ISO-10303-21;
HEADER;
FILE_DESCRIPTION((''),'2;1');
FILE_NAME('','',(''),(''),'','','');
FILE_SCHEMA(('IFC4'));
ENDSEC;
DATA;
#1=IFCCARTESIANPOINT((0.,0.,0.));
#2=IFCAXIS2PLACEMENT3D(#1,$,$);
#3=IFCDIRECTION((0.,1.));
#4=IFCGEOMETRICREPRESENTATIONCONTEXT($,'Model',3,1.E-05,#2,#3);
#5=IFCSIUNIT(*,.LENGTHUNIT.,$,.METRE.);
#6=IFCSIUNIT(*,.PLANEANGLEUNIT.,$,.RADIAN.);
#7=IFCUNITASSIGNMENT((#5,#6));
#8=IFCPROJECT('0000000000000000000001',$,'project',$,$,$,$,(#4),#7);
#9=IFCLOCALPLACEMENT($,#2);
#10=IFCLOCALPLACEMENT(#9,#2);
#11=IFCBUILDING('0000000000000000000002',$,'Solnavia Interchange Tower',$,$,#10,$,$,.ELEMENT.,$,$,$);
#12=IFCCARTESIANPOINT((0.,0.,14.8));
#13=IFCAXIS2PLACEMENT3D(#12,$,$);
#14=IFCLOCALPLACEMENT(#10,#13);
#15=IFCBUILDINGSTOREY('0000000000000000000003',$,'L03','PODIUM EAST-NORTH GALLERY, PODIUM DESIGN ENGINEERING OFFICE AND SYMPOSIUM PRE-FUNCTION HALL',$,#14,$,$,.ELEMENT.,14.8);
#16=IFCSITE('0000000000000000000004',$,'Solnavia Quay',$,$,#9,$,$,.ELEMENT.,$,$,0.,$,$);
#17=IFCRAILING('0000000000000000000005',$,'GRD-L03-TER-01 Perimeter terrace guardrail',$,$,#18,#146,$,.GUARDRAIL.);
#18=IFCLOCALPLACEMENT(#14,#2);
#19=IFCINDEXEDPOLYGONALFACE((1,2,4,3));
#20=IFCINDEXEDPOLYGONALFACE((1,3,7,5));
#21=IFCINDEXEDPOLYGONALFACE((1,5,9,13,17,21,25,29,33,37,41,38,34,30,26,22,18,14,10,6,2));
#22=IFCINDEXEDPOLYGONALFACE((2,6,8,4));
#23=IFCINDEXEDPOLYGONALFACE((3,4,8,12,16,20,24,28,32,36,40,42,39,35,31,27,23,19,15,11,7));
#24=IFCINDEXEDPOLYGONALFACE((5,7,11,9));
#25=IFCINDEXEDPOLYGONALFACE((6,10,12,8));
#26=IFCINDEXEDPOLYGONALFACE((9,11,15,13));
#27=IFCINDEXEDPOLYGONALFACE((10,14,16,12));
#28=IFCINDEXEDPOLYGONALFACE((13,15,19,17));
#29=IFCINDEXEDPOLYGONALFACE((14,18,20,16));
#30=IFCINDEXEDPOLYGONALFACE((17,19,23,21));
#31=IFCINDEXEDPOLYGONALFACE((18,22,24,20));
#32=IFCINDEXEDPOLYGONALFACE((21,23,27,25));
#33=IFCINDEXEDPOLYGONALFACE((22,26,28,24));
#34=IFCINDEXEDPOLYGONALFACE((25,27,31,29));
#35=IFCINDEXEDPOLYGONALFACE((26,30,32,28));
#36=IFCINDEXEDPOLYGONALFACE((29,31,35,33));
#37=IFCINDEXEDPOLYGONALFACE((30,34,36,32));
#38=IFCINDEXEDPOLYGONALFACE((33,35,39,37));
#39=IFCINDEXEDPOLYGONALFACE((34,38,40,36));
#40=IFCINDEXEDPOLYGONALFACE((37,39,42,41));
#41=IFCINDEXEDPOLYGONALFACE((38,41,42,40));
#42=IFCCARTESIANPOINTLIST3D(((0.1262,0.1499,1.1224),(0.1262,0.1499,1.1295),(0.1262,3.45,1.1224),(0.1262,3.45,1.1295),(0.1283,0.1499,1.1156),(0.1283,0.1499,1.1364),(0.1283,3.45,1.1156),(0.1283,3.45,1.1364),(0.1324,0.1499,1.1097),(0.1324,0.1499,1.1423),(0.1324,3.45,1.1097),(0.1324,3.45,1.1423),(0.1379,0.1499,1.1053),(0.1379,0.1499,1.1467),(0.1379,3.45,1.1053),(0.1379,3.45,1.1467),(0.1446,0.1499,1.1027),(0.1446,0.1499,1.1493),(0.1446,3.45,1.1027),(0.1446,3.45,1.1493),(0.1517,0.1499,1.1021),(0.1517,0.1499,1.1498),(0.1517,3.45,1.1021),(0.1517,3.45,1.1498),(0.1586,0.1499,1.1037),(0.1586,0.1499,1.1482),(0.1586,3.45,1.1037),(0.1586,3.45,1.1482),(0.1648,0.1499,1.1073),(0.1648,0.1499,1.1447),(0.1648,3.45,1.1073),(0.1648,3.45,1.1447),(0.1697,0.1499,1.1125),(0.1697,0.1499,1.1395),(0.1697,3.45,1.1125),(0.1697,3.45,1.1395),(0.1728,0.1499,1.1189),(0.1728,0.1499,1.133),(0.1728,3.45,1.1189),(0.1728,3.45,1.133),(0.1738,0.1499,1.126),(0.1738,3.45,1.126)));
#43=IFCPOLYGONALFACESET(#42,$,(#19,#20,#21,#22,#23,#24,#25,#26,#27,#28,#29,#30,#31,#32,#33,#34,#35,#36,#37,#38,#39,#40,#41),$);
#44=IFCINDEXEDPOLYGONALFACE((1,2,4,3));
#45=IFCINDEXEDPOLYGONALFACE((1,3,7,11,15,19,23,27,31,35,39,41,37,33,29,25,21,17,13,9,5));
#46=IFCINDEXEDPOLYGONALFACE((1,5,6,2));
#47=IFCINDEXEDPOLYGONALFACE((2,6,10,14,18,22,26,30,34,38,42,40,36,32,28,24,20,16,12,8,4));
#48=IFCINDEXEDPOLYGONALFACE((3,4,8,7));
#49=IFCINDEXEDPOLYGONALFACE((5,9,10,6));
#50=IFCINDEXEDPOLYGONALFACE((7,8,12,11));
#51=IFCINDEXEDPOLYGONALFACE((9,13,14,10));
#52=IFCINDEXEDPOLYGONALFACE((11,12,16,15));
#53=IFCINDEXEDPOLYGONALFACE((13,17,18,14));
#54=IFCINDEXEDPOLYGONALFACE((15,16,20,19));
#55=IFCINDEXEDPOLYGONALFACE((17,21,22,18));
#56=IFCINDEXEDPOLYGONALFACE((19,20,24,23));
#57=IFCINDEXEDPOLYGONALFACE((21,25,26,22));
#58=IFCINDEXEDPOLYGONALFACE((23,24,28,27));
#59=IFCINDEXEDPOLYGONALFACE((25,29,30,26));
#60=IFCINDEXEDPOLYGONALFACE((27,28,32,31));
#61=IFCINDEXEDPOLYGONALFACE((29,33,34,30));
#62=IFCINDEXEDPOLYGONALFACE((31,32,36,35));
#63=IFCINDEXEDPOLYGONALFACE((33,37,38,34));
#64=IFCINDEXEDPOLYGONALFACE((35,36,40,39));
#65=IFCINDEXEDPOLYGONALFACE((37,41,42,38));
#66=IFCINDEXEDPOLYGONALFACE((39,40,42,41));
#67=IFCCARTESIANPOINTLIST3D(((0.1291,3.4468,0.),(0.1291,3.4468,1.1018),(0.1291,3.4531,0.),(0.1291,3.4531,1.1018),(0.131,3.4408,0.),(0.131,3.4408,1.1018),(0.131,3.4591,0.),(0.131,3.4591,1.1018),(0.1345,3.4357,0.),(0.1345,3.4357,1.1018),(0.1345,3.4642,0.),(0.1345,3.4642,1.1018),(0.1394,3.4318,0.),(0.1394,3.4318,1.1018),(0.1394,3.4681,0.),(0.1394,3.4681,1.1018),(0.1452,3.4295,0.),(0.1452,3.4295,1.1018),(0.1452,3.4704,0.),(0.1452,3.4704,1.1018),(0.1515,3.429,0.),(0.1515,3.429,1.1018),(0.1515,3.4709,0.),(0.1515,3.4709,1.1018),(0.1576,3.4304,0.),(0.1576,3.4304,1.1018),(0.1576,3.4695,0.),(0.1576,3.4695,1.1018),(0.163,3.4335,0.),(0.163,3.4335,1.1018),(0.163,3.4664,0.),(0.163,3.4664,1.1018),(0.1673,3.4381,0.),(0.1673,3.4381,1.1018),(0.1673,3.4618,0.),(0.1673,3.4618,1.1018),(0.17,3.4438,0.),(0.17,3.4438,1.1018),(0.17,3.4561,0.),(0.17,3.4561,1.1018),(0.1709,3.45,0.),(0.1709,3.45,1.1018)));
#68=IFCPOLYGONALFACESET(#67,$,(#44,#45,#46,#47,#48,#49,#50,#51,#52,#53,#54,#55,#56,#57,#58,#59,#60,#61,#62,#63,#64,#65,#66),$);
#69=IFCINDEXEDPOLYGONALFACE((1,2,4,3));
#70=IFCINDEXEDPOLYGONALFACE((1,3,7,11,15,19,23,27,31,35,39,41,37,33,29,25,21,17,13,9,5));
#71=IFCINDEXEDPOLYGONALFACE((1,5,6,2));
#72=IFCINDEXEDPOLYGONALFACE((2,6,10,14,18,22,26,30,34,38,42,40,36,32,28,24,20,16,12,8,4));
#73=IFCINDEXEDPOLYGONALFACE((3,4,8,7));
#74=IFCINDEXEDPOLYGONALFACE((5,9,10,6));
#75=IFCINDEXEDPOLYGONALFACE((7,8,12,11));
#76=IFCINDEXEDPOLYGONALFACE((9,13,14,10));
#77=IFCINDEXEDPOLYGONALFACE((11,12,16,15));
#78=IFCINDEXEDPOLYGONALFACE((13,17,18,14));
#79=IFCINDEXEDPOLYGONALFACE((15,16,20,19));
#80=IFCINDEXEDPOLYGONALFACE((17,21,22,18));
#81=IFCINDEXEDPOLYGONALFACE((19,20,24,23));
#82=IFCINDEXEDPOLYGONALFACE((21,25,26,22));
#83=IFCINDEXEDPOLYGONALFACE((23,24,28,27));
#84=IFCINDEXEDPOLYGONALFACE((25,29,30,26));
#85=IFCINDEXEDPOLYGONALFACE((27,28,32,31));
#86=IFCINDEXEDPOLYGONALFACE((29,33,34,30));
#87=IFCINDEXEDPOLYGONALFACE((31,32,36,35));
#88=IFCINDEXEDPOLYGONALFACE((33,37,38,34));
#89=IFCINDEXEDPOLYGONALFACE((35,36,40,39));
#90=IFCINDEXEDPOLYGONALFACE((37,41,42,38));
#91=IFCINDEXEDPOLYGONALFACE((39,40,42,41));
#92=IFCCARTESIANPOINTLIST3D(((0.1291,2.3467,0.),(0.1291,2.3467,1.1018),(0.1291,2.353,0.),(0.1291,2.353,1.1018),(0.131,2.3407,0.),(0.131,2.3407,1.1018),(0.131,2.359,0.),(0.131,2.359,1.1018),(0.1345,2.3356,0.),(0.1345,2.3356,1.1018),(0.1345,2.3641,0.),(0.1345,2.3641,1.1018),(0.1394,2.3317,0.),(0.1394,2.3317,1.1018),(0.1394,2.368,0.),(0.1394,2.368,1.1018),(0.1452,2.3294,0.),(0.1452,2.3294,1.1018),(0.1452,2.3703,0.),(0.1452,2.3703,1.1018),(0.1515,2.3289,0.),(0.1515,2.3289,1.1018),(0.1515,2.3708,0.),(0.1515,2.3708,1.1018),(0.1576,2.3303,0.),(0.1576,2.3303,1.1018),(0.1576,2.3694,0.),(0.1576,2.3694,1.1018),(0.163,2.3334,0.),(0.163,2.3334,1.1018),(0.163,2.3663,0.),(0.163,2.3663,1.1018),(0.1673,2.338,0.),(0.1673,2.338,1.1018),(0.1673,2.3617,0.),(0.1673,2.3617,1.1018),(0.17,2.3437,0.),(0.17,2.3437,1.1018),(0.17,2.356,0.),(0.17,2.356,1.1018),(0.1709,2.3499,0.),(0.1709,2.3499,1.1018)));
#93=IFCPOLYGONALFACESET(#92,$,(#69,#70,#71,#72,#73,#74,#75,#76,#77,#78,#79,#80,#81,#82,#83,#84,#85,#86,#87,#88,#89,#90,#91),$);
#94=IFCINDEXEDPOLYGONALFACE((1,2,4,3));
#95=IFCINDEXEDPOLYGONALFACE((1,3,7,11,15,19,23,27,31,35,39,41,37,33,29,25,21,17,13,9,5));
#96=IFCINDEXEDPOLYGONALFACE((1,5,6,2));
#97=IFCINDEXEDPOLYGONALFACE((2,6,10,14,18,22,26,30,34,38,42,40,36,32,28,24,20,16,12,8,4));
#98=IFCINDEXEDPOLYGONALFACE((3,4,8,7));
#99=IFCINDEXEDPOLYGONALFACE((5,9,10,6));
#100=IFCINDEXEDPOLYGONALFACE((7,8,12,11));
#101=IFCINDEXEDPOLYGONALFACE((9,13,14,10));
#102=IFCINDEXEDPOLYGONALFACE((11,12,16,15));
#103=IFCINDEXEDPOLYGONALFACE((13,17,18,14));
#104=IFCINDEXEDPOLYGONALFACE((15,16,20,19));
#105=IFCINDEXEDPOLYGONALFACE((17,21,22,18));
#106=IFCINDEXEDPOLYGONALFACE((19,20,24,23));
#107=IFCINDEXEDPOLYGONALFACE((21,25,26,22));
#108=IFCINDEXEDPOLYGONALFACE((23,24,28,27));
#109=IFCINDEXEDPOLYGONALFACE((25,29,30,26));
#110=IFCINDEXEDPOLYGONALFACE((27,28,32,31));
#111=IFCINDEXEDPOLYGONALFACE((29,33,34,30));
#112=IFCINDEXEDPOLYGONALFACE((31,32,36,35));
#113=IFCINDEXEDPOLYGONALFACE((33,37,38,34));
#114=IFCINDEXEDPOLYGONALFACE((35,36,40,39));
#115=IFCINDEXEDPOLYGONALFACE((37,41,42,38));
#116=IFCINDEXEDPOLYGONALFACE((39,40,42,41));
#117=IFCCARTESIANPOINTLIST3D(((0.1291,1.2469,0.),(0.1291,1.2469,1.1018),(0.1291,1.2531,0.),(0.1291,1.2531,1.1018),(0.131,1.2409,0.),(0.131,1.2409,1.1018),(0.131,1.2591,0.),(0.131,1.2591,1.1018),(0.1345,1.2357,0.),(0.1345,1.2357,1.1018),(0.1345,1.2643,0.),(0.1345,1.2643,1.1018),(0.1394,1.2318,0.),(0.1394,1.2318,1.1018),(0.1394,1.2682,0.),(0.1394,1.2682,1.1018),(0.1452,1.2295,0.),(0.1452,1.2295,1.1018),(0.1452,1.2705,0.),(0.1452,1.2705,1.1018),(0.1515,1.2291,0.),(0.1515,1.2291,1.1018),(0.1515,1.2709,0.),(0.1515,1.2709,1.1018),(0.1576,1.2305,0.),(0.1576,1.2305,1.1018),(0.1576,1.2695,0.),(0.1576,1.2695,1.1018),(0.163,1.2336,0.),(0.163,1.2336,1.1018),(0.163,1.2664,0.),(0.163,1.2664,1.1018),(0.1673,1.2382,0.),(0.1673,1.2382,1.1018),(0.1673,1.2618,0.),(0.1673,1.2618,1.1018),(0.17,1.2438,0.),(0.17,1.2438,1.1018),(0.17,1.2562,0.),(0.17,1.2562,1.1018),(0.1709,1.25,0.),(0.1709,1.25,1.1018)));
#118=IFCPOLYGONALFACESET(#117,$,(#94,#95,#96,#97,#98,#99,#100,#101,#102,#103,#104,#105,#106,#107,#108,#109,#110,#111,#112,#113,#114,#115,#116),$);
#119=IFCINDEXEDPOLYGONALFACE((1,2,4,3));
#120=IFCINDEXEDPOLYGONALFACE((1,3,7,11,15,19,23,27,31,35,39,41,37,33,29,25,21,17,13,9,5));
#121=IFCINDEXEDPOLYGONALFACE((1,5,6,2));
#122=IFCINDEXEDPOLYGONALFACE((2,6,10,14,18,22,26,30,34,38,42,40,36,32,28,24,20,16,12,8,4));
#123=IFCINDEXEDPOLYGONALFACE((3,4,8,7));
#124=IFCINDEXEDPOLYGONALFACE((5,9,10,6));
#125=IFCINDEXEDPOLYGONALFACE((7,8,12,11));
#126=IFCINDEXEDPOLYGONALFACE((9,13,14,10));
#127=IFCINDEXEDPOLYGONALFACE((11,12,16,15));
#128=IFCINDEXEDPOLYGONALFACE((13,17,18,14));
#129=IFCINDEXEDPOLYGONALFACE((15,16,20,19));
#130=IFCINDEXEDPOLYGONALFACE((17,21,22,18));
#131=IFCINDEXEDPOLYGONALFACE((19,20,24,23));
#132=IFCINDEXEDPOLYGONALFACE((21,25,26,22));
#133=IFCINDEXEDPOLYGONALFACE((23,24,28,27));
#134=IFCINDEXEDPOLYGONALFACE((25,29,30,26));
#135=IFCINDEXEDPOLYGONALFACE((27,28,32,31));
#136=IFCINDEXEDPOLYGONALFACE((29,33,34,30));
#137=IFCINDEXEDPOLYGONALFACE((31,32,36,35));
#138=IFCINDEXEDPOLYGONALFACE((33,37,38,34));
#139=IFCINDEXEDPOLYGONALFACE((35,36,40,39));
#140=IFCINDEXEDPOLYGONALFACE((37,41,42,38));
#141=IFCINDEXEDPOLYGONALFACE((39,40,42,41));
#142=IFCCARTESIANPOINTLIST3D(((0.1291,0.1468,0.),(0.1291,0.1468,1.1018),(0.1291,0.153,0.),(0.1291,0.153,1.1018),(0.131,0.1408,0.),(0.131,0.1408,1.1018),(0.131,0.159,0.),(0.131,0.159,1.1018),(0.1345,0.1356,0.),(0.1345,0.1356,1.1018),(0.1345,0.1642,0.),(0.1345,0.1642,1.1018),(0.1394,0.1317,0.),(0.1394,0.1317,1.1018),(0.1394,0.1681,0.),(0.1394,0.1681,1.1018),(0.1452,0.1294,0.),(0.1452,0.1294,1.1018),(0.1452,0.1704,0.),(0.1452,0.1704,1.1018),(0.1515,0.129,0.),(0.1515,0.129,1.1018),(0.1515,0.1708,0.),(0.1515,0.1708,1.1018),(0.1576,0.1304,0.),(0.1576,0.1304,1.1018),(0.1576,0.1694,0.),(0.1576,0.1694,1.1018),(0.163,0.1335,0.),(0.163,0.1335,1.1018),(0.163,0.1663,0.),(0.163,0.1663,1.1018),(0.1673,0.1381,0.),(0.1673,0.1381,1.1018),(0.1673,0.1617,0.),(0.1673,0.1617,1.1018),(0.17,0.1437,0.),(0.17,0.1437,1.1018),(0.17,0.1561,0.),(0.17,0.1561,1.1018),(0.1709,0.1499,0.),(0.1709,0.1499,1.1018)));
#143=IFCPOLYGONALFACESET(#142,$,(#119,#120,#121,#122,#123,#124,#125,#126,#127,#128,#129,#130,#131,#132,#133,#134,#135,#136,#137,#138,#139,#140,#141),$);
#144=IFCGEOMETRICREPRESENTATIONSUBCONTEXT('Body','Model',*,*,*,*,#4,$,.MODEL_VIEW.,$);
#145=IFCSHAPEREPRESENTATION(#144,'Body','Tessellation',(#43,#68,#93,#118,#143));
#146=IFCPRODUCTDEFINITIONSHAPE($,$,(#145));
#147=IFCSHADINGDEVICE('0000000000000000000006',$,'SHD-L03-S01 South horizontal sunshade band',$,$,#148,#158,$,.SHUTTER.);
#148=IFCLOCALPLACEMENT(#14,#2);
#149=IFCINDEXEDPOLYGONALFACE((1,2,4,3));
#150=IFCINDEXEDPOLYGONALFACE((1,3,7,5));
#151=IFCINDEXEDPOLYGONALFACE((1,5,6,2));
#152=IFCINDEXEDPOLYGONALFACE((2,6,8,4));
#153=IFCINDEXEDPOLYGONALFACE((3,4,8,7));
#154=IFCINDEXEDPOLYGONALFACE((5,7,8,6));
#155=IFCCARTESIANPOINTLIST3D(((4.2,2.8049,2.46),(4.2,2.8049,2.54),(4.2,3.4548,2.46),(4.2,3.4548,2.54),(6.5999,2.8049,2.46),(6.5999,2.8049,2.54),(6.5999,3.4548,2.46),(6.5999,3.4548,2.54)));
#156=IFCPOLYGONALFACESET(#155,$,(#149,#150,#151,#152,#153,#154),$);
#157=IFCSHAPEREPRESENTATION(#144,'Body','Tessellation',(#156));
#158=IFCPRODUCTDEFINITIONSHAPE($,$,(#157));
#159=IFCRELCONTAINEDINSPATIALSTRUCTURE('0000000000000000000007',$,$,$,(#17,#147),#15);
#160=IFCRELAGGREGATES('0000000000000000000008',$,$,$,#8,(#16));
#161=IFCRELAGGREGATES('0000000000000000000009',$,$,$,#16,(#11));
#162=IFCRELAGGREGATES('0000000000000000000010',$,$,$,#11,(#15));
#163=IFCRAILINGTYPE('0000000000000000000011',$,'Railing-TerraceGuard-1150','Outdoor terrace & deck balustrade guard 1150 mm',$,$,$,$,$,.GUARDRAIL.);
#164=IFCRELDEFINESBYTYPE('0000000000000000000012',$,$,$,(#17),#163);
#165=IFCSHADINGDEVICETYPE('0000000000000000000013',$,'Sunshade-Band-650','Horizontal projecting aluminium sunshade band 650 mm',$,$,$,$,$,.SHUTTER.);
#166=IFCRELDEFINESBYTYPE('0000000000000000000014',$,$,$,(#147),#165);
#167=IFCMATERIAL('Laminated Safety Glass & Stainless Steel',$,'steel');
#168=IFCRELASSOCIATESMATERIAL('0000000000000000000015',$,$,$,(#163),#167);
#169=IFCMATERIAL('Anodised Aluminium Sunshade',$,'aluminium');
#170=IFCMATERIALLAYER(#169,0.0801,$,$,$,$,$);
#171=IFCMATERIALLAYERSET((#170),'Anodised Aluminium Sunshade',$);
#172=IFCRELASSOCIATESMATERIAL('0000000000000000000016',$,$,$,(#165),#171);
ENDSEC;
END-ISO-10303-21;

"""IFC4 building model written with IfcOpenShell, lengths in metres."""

from ifc_helpers import new_model, si_unit, direction, frame, origin, origin_2d, place, context, subcontext, project, spatial, rectangle, circle, extrude, material, layer, layer_set, type_object, element, save


model = new_model("IFC4")

# Units and contexts
model_context = context("Model", 3, precision=1e-05, world=origin(), true_north=direction((0.0, 1.0)))
body_context = subcontext(model_context, "Body", "Model", "MODEL_VIEW")
ifc_project = project(units=[si_unit("LENGTHUNIT", "METRE"), si_unit("PLANEANGLEUNIT", "RADIAN")], contexts=[model_context])

# Site, building, storey
site_placement = place(None, origin())
site = spatial("IfcSite", under=ifc_project, at=site_placement, Name="Solnavia Quay", CompositionType="ELEMENT", RefElevation=0.0)
building_placement = place(site_placement, origin())
building = spatial("IfcBuilding", under=site, at=building_placement, Name="Solnavia Interchange Tower", CompositionType="ELEMENT")
storey_placement = place(building_placement, frame((0.0, 0.0, 14.8)))
storey = spatial("IfcBuildingStorey", under=building, at=storey_placement, Name="L03", Description="PODIUM EAST-NORTH GALLERY, PODIUM DESIGN ENGINEERING OFFICE AND SYMPOSIUM PRE-FUNCTION HALL", CompositionType="ELEMENT", Elevation=14.8)

# Railing
ifc_material_1 = material(Name="Laminated Safety Glass & Stainless Steel", Category="steel")
railing_type = type_object("IfcRailingType", Name="Railing-TerraceGuard-1150", Description="Outdoor terrace & deck balustrade guard 1150 mm", PredefinedType="GUARDRAIL", material=ifc_material_1)
railing_1_placement = place(storey_placement, frame((0.1499, 3.45, 0.0)))
element("IfcRailing", 1, at=railing_1_placement, inside=storey, type_object=railing_type, Name="GRD-L03-TER-01 Perimeter terrace guardrail", PredefinedType="GUARDRAIL", context=body_context, shape_type="SweptSolid", body=[
    extrude(circle(Radius=0.0239, at=origin_2d()), frame((0.0, 0.0, 1.126), z_axis=(0.0, -1.0, 0.0), x_axis=(1.0, 0.0, 0.0)), (0.0, 0.0, 1.0), 3.3),
    extrude(circle(Radius=0.021, at=origin_2d()), origin(), (0.0, 0.0, 1.0), 1.1018),
    extrude(circle(Radius=0.021, at=origin_2d()), frame((0.0, -1.1001, 0.0)), (0.0, 0.0, 1.0), 1.1018),
    extrude(circle(Radius=0.021, at=origin_2d()), frame((0.0, -2.2, 0.0)), (0.0, 0.0, 1.0), 1.1018),
    extrude(circle(Radius=0.021, at=origin_2d()), frame((0.0, -3.3, 0.0)), (0.0, 0.0, 1.0), 1.1018),
])

# Shading device
ifc_material_2 = material(Name="Anodised Aluminium Sunshade", Category="aluminium")
ifc_layer_1 = layer(ifc_material_2, 0.0801)
ifc_layer_set_1 = layer_set([ifc_layer_1], Name="Anodised Aluminium Sunshade")
shading_device_type = type_object("IfcShadingDeviceType", Name="Sunshade-Band-650", Description="Horizontal projecting aluminium sunshade band 650 mm", PredefinedType="SHUTTER", material=ifc_layer_set_1)
shading_device_placement = place(storey_placement, frame((5.3999, 3.1299, 2.46), z_axis=(0.0, 0.0, 1.0), x_axis=(1.0, 0.0, 0.0)))
element("IfcShadingDevice", 2, at=shading_device_placement, inside=storey, type_object=shading_device_type, Name="SHD-L03-S01 South horizontal sunshade band", PredefinedType="SHUTTER", context=body_context, shape_type="SweptSolid", body=[
    extrude(rectangle(XDim=2.3999, YDim=0.6499, at=origin_2d()), origin(), (0.0, 0.0, 1.0), 0.0801),
])

save(model, "model.ifc")
